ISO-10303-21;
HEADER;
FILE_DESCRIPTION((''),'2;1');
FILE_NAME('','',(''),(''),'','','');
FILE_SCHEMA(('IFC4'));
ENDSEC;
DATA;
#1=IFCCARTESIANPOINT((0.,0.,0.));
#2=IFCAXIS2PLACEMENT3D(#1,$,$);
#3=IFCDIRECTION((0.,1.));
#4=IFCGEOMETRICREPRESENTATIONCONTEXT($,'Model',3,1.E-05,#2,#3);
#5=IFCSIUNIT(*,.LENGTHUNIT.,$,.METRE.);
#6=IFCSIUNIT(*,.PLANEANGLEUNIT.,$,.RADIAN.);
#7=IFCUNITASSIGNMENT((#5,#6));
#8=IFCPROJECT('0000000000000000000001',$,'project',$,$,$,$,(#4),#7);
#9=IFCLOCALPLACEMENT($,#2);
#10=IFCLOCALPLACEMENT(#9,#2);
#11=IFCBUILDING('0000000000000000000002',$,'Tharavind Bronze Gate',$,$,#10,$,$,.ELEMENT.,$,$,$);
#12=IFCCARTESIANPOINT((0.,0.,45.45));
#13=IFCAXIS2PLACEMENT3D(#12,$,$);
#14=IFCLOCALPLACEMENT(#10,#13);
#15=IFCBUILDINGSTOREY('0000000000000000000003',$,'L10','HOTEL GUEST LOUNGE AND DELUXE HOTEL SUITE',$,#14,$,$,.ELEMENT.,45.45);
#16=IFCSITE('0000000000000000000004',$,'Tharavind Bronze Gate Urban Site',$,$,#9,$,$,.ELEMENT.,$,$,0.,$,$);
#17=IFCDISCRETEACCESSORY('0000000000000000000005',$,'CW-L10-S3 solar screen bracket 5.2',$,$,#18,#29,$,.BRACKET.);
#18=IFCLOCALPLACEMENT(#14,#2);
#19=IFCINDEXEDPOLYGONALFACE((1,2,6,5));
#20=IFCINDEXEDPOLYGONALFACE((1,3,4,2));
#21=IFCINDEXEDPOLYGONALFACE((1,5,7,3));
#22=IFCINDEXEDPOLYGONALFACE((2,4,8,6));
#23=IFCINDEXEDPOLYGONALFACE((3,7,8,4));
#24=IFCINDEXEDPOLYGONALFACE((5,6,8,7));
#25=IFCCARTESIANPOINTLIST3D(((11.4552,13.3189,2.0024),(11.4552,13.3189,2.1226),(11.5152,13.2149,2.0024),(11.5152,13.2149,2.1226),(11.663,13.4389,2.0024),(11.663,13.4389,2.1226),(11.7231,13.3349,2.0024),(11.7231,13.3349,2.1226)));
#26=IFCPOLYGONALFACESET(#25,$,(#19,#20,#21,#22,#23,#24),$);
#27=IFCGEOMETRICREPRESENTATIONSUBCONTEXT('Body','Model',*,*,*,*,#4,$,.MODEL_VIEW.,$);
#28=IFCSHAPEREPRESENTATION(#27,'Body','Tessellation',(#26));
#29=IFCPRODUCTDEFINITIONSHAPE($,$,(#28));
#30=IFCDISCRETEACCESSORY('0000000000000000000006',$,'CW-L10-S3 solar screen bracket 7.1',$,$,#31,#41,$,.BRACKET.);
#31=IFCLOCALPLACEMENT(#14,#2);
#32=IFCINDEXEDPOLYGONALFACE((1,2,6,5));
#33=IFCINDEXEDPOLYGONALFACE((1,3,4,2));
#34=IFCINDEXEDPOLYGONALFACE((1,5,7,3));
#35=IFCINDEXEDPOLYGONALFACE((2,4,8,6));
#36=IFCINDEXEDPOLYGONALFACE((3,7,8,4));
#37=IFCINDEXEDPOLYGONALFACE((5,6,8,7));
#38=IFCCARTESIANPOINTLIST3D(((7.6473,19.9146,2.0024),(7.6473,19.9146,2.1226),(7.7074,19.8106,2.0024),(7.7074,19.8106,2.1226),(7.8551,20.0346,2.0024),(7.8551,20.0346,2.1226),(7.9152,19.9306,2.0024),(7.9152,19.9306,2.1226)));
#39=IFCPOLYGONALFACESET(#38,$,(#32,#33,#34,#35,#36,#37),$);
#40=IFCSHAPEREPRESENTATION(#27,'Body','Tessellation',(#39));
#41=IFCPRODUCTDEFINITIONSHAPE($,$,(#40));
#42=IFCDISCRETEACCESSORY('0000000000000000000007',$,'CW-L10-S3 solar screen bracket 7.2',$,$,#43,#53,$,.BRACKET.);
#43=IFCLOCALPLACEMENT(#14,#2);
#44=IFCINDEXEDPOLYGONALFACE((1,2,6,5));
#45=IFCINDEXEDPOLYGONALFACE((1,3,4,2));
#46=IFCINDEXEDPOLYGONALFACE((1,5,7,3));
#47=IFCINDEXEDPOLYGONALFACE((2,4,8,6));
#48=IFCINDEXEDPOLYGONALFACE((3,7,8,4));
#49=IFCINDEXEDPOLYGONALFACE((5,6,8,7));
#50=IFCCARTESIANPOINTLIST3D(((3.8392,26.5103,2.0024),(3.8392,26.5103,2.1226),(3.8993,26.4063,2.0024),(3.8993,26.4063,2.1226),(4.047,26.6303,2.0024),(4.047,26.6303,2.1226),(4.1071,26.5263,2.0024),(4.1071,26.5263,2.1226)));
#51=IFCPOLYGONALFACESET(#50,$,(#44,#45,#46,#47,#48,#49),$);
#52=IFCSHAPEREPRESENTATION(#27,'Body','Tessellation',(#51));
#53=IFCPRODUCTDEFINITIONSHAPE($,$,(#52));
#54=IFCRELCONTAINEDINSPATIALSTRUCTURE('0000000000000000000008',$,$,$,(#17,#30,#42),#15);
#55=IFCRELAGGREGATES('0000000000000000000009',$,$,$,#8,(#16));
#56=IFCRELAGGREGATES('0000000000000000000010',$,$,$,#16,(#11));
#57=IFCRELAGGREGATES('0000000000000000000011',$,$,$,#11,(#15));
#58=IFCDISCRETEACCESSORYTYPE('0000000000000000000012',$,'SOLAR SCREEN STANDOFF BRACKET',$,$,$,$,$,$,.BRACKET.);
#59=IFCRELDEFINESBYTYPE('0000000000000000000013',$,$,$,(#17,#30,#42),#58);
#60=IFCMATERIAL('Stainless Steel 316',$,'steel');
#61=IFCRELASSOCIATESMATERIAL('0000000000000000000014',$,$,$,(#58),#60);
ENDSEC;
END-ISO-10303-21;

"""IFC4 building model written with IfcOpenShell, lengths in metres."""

from ifc_helpers import new_model, si_unit, direction, frame, origin, origin_2d, place, context, subcontext, project, spatial, rectangle, extrude, material, type_object, element, save


model = new_model("IFC4")

# Units and contexts
model_context = context("Model", 3, precision=1e-05, world=origin(), true_north=direction((0.0, 1.0)))
body_context = subcontext(model_context, "Body", "Model", "MODEL_VIEW")
ifc_project = project(units=[si_unit("LENGTHUNIT", "METRE"), si_unit("PLANEANGLEUNIT", "RADIAN")], contexts=[model_context])

# Site, building, storey
site_placement = place(None, origin())
site = spatial("IfcSite", under=ifc_project, at=site_placement, Name="Tharavind Bronze Gate Urban Site", CompositionType="ELEMENT", RefElevation=0.0)
building_placement = place(site_placement, origin())
building = spatial("IfcBuilding", under=site, at=building_placement, Name="Tharavind Bronze Gate", CompositionType="ELEMENT")
storey_placement = place(building_placement, frame((0.0, 0.0, 45.45)))
storey = spatial("IfcBuildingStorey", under=building, at=storey_placement, Name="L10", Description="HOTEL GUEST LOUNGE AND DELUXE HOTEL SUITE", CompositionType="ELEMENT", Elevation=45.45)

# Discrete accessories
ifc_material_1 = material(Name="Stainless Steel 316", Category="steel")
discrete_accessory_type = type_object("IfcDiscreteAccessoryType", Name="SOLAR SCREEN STANDOFF BRACKET", PredefinedType="BRACKET", material=ifc_material_1)
for number, where, z_axis, x_axis, name in (
    (1, (11.5891, 13.3269, 2.0024), (0.0, 0.0, 1.0), (-0.500002, 0.866025, 0.0), "CW-L10-S3 solar screen bracket 5.2"),
    (2, (7.7812, 19.9226, 2.0024), (0.0, 0.0, 1.0), (-0.500002, 0.866025, 0.0), "CW-L10-S3 solar screen bracket 7.1"),
    (3, (3.9731, 26.5183, 2.0024), (0.0, 0.0, 1.0), (-0.500002, 0.866025, 0.0), "CW-L10-S3 solar screen bracket 7.2"),
):
    element("IfcDiscreteAccessory", number, at=place(storey_placement, frame(where, z_axis=z_axis, x_axis=x_axis)), inside=storey, type_object=discrete_accessory_type, Name=name, PredefinedType="BRACKET", context=body_context, shape_type="SweptSolid", body=[
        extrude(rectangle(XDim=0.1201, YDim=0.24, at=origin_2d()), origin(), (0.0, 0.0, 1.0), 0.1201),
    ])

save(model, "model.ifc")
